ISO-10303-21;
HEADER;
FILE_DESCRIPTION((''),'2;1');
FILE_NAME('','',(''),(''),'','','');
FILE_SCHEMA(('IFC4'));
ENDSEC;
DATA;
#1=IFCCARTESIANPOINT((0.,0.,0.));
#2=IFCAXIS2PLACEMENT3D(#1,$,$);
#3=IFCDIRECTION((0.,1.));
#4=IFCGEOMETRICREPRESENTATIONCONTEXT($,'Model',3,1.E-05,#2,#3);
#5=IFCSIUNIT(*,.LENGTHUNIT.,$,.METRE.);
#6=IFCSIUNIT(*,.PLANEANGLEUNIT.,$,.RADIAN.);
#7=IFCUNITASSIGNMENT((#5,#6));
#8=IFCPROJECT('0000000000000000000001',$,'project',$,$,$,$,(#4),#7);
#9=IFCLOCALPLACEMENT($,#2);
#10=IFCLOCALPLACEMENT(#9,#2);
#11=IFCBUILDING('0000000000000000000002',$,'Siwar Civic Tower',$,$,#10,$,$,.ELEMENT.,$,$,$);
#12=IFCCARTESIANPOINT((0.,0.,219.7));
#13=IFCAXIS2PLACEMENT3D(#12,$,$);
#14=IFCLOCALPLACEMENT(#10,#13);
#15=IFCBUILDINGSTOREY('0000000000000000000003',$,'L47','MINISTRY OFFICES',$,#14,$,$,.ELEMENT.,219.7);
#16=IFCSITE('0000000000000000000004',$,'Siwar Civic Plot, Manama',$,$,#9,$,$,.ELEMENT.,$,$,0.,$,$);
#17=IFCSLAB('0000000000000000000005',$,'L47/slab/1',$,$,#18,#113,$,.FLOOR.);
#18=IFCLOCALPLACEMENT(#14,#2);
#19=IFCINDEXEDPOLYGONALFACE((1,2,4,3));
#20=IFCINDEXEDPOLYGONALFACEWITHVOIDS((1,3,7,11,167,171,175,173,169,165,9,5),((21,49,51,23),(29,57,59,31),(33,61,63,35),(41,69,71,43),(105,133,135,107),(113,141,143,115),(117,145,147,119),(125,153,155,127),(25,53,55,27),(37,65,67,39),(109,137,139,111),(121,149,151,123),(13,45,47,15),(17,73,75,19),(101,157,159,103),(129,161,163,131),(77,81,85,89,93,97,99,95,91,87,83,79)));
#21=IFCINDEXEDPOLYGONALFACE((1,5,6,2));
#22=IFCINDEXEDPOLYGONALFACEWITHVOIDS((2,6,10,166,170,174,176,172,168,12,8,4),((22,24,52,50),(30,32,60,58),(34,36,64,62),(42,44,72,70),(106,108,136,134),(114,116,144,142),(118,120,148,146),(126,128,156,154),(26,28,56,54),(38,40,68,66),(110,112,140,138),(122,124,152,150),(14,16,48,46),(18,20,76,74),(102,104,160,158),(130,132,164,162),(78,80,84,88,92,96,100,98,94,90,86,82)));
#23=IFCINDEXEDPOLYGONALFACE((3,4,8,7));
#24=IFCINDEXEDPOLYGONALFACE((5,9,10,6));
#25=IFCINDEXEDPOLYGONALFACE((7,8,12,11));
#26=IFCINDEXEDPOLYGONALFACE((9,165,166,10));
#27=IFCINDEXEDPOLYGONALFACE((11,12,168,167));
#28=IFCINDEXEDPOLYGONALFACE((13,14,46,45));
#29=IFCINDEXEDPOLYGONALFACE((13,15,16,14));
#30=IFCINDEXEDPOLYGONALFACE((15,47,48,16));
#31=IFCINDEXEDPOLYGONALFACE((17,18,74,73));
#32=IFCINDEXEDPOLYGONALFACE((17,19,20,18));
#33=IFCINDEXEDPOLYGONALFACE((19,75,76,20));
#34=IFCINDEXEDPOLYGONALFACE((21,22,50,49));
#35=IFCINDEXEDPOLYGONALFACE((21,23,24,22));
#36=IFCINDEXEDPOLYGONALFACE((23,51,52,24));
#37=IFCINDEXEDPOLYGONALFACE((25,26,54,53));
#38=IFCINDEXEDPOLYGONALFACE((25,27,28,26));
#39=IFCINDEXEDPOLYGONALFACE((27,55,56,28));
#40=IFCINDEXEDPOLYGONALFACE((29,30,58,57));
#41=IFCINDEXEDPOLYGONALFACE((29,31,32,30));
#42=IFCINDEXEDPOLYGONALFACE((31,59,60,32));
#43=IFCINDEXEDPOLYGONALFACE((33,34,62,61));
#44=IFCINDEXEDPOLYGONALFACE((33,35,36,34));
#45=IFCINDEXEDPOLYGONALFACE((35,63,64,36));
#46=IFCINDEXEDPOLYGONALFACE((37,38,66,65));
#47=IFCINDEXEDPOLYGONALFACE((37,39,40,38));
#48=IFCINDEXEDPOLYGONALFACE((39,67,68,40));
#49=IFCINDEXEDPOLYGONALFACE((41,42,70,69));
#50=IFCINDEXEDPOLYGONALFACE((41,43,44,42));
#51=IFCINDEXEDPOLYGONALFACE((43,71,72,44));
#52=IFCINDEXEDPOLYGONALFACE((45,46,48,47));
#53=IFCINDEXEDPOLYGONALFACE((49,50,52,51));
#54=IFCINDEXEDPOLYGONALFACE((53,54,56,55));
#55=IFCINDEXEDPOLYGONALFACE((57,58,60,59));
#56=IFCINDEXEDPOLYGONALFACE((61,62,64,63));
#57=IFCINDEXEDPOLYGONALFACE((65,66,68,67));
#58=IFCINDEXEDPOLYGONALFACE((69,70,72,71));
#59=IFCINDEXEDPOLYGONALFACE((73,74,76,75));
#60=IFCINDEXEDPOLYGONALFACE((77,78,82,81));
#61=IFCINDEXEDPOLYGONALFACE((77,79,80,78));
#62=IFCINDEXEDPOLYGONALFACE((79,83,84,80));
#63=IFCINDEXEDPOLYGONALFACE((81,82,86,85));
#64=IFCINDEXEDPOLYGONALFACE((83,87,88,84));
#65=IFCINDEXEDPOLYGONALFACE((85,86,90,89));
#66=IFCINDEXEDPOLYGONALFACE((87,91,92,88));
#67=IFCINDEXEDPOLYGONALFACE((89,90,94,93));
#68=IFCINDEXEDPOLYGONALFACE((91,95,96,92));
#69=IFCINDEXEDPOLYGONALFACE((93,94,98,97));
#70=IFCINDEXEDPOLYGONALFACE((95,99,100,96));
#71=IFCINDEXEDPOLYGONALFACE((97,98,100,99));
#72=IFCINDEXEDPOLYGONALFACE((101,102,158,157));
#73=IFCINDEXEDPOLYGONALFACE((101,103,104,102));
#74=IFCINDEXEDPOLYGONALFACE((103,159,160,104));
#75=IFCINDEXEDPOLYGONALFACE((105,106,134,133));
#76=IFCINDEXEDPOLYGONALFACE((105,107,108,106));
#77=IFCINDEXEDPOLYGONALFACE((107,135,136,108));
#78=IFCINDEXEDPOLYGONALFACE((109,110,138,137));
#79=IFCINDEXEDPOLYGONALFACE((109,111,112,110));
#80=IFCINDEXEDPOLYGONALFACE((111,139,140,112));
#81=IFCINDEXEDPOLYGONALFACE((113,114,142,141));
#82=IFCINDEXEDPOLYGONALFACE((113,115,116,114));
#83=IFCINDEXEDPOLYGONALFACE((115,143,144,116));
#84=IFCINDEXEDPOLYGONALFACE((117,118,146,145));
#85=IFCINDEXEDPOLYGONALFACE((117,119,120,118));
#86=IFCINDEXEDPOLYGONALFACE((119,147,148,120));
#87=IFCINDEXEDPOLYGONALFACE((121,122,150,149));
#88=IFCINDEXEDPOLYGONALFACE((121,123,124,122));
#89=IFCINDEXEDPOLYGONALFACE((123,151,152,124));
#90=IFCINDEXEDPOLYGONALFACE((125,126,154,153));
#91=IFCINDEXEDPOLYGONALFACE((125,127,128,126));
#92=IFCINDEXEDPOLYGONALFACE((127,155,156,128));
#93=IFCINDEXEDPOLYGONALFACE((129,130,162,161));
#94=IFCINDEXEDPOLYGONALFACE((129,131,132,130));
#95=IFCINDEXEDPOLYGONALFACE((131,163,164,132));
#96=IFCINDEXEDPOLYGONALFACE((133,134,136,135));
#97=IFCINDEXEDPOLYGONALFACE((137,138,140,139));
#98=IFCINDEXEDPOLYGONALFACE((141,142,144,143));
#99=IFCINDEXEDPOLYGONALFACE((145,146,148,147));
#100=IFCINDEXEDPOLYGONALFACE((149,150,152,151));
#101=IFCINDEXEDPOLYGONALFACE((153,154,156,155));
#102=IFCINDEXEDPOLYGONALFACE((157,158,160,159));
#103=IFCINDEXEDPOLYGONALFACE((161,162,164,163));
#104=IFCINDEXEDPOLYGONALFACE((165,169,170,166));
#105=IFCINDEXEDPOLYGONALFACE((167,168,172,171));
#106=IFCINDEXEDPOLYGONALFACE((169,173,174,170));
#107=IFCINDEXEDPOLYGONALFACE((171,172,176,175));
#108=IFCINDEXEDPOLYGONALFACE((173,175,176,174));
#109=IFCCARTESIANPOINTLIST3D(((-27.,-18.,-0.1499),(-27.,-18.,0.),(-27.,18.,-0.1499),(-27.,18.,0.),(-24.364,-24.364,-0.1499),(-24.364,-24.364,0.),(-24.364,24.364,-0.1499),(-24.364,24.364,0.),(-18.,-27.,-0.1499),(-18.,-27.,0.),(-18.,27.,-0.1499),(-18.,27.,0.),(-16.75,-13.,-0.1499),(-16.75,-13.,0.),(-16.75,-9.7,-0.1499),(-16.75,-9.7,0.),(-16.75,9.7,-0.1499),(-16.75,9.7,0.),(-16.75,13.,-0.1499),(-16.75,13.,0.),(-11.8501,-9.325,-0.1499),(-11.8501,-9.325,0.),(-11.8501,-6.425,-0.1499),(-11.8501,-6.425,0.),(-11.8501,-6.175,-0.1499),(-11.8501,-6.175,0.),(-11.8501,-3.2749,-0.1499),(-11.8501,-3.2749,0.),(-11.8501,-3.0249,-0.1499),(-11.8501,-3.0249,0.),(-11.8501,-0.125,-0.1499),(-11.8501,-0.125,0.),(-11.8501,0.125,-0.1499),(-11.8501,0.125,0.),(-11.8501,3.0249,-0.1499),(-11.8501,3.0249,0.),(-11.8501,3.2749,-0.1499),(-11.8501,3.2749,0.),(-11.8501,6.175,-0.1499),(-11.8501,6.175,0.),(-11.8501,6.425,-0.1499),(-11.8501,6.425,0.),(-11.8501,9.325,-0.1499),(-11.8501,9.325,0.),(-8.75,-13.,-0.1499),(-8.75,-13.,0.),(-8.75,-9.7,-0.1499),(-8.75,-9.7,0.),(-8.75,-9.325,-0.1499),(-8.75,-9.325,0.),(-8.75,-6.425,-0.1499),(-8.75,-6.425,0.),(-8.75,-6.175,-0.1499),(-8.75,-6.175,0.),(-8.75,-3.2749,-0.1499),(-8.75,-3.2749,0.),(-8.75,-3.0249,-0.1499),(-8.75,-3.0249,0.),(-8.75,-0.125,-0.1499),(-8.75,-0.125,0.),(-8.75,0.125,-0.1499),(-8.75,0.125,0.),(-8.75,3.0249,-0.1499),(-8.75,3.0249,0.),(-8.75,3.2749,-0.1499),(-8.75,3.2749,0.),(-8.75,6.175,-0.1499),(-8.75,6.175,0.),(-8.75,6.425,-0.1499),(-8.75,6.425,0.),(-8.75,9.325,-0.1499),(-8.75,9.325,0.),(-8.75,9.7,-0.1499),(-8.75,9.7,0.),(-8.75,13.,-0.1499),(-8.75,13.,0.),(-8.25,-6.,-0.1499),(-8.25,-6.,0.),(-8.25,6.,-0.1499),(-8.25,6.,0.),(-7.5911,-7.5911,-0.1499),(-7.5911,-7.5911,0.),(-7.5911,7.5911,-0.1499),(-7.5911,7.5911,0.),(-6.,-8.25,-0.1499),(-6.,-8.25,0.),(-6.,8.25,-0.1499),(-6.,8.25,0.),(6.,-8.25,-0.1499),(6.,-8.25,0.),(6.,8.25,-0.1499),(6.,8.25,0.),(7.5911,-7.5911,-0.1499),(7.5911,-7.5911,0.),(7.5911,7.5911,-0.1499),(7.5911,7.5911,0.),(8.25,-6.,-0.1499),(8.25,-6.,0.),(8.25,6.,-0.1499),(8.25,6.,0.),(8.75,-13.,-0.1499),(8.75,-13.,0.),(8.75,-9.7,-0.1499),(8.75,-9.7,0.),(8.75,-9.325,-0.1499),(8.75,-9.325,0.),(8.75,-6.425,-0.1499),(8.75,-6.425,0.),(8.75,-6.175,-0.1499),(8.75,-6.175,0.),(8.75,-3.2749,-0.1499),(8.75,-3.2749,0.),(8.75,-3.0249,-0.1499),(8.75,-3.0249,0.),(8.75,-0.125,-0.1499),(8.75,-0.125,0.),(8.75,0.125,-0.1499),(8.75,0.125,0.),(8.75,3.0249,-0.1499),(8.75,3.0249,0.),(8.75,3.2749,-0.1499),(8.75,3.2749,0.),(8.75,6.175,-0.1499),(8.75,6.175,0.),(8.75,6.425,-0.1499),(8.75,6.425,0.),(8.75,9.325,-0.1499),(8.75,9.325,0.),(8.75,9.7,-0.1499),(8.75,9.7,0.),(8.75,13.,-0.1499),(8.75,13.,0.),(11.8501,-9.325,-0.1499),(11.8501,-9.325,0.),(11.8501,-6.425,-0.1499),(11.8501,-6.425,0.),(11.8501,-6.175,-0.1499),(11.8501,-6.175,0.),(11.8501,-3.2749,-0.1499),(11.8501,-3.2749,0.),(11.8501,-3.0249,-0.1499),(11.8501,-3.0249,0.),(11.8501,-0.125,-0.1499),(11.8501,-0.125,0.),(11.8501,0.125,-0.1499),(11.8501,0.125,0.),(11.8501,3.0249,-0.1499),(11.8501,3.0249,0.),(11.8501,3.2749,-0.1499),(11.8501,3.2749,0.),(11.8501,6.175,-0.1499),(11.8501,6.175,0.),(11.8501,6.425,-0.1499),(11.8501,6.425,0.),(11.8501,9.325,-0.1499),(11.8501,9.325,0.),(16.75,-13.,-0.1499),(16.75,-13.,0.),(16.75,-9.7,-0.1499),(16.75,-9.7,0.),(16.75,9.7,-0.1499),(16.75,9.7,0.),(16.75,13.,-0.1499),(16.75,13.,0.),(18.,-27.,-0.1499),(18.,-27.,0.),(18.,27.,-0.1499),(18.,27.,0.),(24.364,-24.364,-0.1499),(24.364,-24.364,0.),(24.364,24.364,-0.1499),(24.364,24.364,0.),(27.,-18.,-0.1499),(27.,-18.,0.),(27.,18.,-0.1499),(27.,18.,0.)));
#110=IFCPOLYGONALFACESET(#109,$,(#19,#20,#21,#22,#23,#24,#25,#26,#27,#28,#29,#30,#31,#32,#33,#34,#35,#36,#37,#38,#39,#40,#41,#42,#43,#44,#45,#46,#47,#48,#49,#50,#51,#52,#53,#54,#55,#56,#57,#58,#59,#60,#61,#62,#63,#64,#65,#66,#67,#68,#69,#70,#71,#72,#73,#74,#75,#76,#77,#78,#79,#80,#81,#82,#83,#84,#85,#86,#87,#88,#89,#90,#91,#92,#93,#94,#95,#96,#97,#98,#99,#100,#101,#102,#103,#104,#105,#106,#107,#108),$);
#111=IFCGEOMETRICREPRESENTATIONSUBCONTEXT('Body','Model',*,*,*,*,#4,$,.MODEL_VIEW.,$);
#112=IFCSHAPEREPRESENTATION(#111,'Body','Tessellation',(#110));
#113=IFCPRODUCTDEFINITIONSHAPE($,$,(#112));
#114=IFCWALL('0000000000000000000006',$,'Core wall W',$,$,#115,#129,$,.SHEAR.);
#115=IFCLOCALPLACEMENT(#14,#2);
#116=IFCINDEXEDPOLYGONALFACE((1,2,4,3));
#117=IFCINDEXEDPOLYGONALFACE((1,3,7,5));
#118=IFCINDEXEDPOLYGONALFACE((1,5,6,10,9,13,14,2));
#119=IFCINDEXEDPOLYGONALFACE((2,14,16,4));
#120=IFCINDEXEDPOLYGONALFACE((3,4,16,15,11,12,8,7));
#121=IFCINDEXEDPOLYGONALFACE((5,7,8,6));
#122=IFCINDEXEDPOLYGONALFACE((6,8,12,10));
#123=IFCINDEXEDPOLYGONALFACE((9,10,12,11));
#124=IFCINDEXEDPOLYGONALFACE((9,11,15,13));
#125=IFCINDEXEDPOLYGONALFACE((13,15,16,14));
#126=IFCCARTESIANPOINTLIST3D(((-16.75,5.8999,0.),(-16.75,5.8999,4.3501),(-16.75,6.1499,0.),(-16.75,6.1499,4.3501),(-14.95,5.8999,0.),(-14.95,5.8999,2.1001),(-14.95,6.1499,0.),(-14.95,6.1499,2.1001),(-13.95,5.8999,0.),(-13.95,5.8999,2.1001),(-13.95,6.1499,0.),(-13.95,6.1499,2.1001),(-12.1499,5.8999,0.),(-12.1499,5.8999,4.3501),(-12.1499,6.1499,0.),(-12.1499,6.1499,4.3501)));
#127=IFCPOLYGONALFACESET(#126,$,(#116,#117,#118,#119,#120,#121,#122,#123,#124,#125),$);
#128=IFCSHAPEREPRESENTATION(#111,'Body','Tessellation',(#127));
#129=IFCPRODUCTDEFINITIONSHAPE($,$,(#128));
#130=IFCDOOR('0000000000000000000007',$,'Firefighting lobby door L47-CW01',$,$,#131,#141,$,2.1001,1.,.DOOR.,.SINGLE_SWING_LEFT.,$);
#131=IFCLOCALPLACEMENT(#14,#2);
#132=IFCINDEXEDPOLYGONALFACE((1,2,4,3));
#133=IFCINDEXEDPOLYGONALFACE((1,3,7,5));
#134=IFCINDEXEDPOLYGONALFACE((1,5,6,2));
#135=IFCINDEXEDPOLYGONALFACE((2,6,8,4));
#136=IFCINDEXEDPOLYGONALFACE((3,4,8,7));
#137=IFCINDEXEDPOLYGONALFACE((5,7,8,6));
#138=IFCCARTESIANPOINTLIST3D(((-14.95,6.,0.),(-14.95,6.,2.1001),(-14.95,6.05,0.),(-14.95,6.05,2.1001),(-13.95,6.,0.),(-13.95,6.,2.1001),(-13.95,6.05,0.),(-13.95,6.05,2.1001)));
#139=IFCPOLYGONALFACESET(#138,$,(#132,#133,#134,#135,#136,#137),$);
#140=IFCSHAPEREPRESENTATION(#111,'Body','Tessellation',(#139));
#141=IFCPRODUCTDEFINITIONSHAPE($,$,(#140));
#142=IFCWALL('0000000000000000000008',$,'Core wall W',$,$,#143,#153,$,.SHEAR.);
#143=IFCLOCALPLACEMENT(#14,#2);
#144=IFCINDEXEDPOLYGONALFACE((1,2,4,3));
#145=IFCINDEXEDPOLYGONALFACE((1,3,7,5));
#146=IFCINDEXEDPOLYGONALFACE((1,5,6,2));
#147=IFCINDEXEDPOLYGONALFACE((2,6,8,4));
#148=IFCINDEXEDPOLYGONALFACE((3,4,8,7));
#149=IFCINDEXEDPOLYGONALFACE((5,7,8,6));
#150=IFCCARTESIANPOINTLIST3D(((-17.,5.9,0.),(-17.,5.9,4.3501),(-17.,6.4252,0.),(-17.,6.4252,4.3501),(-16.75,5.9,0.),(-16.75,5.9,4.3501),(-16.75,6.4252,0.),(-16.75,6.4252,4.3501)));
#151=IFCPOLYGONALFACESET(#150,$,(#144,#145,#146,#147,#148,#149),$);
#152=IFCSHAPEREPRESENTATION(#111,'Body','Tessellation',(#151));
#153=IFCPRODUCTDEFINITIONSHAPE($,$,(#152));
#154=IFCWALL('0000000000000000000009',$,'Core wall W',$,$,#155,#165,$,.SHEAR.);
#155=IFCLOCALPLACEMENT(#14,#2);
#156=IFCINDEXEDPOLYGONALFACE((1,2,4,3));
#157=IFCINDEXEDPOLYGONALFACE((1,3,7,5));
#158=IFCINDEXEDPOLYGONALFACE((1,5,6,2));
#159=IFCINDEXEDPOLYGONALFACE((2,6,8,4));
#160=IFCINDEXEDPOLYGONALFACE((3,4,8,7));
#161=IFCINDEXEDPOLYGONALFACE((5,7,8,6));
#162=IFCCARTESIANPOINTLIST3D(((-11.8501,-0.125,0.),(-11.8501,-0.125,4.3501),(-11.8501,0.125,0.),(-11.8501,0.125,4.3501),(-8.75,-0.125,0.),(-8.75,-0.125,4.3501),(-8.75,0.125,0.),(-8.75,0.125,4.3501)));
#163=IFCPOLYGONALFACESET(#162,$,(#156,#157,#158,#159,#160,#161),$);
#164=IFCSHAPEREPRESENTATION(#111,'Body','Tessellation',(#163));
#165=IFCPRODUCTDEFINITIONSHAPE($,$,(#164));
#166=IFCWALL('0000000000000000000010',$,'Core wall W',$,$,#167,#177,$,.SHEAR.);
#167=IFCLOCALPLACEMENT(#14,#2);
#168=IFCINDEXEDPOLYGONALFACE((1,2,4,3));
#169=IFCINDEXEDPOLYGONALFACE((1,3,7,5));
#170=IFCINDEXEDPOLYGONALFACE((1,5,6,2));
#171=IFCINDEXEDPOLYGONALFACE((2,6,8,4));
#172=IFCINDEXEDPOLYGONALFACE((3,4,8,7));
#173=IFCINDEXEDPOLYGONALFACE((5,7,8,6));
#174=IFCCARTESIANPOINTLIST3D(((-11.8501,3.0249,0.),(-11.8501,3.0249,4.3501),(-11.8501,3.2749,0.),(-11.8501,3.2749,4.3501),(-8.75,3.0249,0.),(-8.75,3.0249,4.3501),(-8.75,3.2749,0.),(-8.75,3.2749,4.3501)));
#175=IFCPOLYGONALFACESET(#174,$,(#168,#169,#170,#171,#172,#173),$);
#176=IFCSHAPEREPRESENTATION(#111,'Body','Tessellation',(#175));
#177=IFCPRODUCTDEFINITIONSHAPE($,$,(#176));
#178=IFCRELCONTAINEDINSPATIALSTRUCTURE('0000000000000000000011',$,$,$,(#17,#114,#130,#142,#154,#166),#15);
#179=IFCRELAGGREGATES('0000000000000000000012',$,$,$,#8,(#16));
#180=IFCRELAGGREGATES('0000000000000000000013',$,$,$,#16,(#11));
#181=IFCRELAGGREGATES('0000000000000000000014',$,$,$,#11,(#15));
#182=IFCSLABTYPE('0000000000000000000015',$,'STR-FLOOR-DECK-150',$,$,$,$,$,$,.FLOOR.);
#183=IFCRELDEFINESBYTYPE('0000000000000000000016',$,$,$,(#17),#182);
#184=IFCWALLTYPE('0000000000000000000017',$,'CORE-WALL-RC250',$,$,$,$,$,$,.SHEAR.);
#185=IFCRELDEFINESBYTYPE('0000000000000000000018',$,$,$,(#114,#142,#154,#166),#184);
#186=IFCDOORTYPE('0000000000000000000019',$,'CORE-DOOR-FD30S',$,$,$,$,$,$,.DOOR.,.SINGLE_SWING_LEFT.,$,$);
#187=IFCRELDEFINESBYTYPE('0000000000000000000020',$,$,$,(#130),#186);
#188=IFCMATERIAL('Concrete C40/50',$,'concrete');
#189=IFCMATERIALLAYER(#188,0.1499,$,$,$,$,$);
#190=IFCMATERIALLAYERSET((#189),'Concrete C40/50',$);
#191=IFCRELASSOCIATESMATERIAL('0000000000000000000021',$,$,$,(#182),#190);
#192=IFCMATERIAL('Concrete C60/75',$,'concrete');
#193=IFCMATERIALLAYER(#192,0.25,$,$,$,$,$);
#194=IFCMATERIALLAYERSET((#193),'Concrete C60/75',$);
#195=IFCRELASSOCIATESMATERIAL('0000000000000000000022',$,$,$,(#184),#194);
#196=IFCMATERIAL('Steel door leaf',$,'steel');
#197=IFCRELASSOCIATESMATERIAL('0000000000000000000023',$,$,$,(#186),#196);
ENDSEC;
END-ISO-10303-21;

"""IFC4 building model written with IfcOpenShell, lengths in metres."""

from ifc_helpers import new_model, si_unit, direction, frame, frame_2d, origin, place, context, subcontext, project, spatial, polyline, rectangle, outline, extrude, material, layer, layer_set, type_object, element, fill, save


model = new_model("IFC4")

# Units and contexts
model_context = context("Model", 3, precision=1e-05, world=origin(), true_north=direction((0.0, 1.0)))
body_context = subcontext(model_context, "Body", "Model", "MODEL_VIEW")
ifc_project = project(units=[si_unit("LENGTHUNIT", "METRE"), si_unit("PLANEANGLEUNIT", "RADIAN")], contexts=[model_context])

# Site, building, storey
site_placement = place(None, origin())
site = spatial("IfcSite", under=ifc_project, at=site_placement, Name="Siwar Civic Plot, Manama", CompositionType="ELEMENT", RefElevation=0.0)
building_placement = place(site_placement, origin())
building = spatial("IfcBuilding", under=site, at=building_placement, Name="Siwar Civic Tower", CompositionType="ELEMENT")
storey_placement = place(building_placement, frame((0.0, 0.0, 219.7)))
storey = spatial("IfcBuildingStorey", under=building, at=storey_placement, Name="L47", Description="MINISTRY OFFICES", CompositionType="ELEMENT", Elevation=219.7)

# Slab
ifc_material_1 = material(Name="Concrete C40/50", Category="concrete")
ifc_layer_1 = layer(ifc_material_1, 0.1499)
ifc_layer_set_1 = layer_set([ifc_layer_1], Name="Concrete C40/50")
slab_type_1 = type_object("IfcSlabType", Name="STR-FLOOR-DECK-150", PredefinedType="FLOOR", material=ifc_layer_set_1)
slab_1_placement = place(storey_placement, frame((0.0, 0.0, -0.1499)))
element("IfcSlab", 1, at=slab_1_placement, inside=storey, type_object=slab_type_1, Name="L47/slab/1", PredefinedType="FLOOR", context=body_context, shape_type="SweptSolid", body=[
    extrude(outline(polyline([(-18.0, -27.0), (18.0, -27.0), (24.364, -24.364), (27.0, -18.0), (27.0, 18.0), (24.364, 24.364), (18.0, 27.0), (-18.0, 27.0), (-24.364, 24.364), (-27.0, 18.0), (-27.0, -18.0), (-24.364, -24.364), (-18.0, -27.0)]), holes=[polyline([(16.75, 13.0), (16.75, 9.7), (8.75, 9.7), (8.75, 13.0), (16.75, 13.0)]), polyline([(8.75, -9.7), (16.75, -9.7), (16.75, -13.0), (8.75, -13.0), (8.75, -9.7)]), polyline([(11.8501, 9.325), (11.8501, 6.425), (8.75, 6.425), (8.75, 9.325), (11.8501, 9.325)]), polyline([(8.75, 6.175), (11.8501, 6.175), (11.8501, 3.2749), (8.75, 3.2749), (8.75, 6.175)]), polyline([(8.75, 3.0249), (11.8501, 3.0249), (11.8501, 0.125), (8.75, 0.125), (8.75, 3.0249)]), polyline([(8.75, -0.125), (11.8501, -0.125), (11.8501, -3.0249), (8.75, -3.0249), (8.75, -0.125)]), polyline([(8.75, -3.2749), (11.8501, -3.2749), (11.8501, -6.175), (8.75, -6.175), (8.75, -3.2749)]), polyline([(8.75, -6.425), (11.8501, -6.425), (11.8501, -9.325), (8.75, -9.325), (8.75, -6.425)]), polyline([(-6.0, 8.25), (6.0, 8.25), (7.5911, 7.5911), (8.25, 6.0), (8.25, -6.0), (7.5911, -7.5911), (6.0, -8.25), (-6.0, -8.25), (-7.5911, -7.5911), (-8.25, -6.0), (-8.25, 6.0), (-7.5911, 7.5911), (-6.0, 8.25)]), polyline([(-8.75, -13.0), (-16.75, -13.0), (-16.75, -9.7), (-8.75, -9.7), (-8.75, -13.0)]), polyline([(-8.75, 9.7), (-16.75, 9.7), (-16.75, 13.0), (-8.75, 13.0), (-8.75, 9.7)]), polyline([(-8.75, 6.425), (-11.8501, 6.425), (-11.8501, 9.325), (-8.75, 9.325), (-8.75, 6.425)]), polyline([(-8.75, 3.2749), (-11.8501, 3.2749), (-11.8501, 6.175), (-8.75, 6.175), (-8.75, 3.2749)]), polyline([(-8.75, 0.125), (-11.8501, 0.125), (-11.8501, 3.0249), (-8.75, 3.0249), (-8.75, 0.125)]), polyline([(-8.75, -3.0249), (-11.8501, -3.0249), (-11.8501, -0.125), (-8.75, -0.125), (-8.75, -3.0249)]), polyline([(-8.75, -6.175), (-11.8501, -6.175), (-11.8501, -3.2749), (-8.75, -3.2749), (-8.75, -6.175)]), polyline([(-8.75, -9.325), (-11.8501, -9.325), (-11.8501, -6.425), (-8.75, -6.425), (-8.75, -9.325)])]), origin(), (0.0, 0.0, 1.0), 0.1499),
])

# Wall, opening, door
ifc_material_2 = material(Name="Concrete C60/75", Category="concrete")
ifc_layer_2 = layer(ifc_material_2, 0.25)
ifc_layer_set_2 = layer_set([ifc_layer_2], Name="Concrete C60/75")
wall_type_1 = type_object("IfcWallType", Name="CORE-WALL-RC250", PredefinedType="SHEAR", material=ifc_layer_set_2)
wall_1_placement = place(storey_placement, frame((-12.1499, 6.0249, 0.0), z_axis=(0.0, 0.0, 1.0), x_axis=(-1.0, 0.0, 0.0)))
wall_1 = element("IfcWall", 2, at=wall_1_placement, inside=storey, type_object=wall_type_1, Name="Core wall W", PredefinedType="SHEAR", context=body_context, shape_type="SweptSolid", body=[
    extrude(rectangle(XDim=4.6001, YDim=0.25, at=frame_2d((2.3, 0.0))), origin(), (0.0, 0.0, 1.0), 4.3501),
])
opening_1_placement = place(wall_1_placement, frame((1.8, 0.0, 0.0)))
opening_1 = element("IfcOpeningElement", 3, at=opening_1_placement, cuts=wall_1, PredefinedType="OPENING", context=body_context, shape_type="SweptSolid", body=[
    extrude(rectangle(XDim=1.0, YDim=2.1001, at=frame_2d((0.5, 1.05))), frame((0.0, 0.135, 0.0), z_axis=(0.0, -1.0, 0.0), x_axis=(1.0, 0.0, 0.0)), (0.0, 0.0, 1.0), 0.27),
])
ifc_material_3 = material(Name="Steel door leaf", Category="steel")
door_type_1 = type_object("IfcDoorType", Name="CORE-DOOR-FD30S", OperationType="SINGLE_SWING_LEFT", PredefinedType="DOOR", material=ifc_material_3)
door_1_placement = place(opening_1_placement, origin())
door_1 = element("IfcDoor", 4, at=door_1_placement, inside=storey, type_object=door_type_1, Name="Firefighting lobby door L47-CW01", OperationType="SINGLE_SWING_LEFT", OverallHeight=2.1001, OverallWidth=1.0, PredefinedType="DOOR", context=body_context, shape_type="SweptSolid", body=[
    extrude(rectangle(XDim=1.0, YDim=2.1001, at=frame_2d((0.5, 1.05))), frame((0.0, 0.0249, 0.0), z_axis=(0.0, -1.0, 0.0), x_axis=(1.0, 0.0, 0.0)), (0.0, 0.0, 1.0), 0.05),
])
fill(opening_1, door_1)

# Walls
wall_2_placement = place(storey_placement, frame((-16.875, 5.8999, 0.0), z_axis=(0.0, 0.0, 1.0), x_axis=(0.0, 1.0, 0.0)))
element("IfcWall", 5, at=wall_2_placement, inside=storey, type_object=wall_type_1, Name="Core wall W", PredefinedType="SHEAR", context=body_context, shape_type="SweptSolid", body=[
    extrude(rectangle(XDim=0.5251, YDim=0.25, at=frame_2d((0.2627, 0.0))), origin(), (0.0, 0.0, 1.0), 4.3501),
])
for number, where, z_axis, x_axis, name in (
    (6, (-8.75, 0.0, 0.0), (0.0, 0.0, 1.0), (-1.0, 0.0, 0.0), "Core wall W"),
    (7, (-8.75, 3.1499, 0.0), (0.0, 0.0, 1.0), (-1.0, 0.0, 0.0), "Core wall W"),
):
    element("IfcWall", number, at=place(storey_placement, frame(where, z_axis=z_axis, x_axis=x_axis)), inside=storey, type_object=wall_type_1, Name=name, PredefinedType="SHEAR", context=body_context, shape_type="SweptSolid", body=[
        extrude(rectangle(XDim=3.1001, YDim=0.25, at=frame_2d((1.55, 0.0))), origin(), (0.0, 0.0, 1.0), 4.3501),
    ])

save(model, "model.ifc")
